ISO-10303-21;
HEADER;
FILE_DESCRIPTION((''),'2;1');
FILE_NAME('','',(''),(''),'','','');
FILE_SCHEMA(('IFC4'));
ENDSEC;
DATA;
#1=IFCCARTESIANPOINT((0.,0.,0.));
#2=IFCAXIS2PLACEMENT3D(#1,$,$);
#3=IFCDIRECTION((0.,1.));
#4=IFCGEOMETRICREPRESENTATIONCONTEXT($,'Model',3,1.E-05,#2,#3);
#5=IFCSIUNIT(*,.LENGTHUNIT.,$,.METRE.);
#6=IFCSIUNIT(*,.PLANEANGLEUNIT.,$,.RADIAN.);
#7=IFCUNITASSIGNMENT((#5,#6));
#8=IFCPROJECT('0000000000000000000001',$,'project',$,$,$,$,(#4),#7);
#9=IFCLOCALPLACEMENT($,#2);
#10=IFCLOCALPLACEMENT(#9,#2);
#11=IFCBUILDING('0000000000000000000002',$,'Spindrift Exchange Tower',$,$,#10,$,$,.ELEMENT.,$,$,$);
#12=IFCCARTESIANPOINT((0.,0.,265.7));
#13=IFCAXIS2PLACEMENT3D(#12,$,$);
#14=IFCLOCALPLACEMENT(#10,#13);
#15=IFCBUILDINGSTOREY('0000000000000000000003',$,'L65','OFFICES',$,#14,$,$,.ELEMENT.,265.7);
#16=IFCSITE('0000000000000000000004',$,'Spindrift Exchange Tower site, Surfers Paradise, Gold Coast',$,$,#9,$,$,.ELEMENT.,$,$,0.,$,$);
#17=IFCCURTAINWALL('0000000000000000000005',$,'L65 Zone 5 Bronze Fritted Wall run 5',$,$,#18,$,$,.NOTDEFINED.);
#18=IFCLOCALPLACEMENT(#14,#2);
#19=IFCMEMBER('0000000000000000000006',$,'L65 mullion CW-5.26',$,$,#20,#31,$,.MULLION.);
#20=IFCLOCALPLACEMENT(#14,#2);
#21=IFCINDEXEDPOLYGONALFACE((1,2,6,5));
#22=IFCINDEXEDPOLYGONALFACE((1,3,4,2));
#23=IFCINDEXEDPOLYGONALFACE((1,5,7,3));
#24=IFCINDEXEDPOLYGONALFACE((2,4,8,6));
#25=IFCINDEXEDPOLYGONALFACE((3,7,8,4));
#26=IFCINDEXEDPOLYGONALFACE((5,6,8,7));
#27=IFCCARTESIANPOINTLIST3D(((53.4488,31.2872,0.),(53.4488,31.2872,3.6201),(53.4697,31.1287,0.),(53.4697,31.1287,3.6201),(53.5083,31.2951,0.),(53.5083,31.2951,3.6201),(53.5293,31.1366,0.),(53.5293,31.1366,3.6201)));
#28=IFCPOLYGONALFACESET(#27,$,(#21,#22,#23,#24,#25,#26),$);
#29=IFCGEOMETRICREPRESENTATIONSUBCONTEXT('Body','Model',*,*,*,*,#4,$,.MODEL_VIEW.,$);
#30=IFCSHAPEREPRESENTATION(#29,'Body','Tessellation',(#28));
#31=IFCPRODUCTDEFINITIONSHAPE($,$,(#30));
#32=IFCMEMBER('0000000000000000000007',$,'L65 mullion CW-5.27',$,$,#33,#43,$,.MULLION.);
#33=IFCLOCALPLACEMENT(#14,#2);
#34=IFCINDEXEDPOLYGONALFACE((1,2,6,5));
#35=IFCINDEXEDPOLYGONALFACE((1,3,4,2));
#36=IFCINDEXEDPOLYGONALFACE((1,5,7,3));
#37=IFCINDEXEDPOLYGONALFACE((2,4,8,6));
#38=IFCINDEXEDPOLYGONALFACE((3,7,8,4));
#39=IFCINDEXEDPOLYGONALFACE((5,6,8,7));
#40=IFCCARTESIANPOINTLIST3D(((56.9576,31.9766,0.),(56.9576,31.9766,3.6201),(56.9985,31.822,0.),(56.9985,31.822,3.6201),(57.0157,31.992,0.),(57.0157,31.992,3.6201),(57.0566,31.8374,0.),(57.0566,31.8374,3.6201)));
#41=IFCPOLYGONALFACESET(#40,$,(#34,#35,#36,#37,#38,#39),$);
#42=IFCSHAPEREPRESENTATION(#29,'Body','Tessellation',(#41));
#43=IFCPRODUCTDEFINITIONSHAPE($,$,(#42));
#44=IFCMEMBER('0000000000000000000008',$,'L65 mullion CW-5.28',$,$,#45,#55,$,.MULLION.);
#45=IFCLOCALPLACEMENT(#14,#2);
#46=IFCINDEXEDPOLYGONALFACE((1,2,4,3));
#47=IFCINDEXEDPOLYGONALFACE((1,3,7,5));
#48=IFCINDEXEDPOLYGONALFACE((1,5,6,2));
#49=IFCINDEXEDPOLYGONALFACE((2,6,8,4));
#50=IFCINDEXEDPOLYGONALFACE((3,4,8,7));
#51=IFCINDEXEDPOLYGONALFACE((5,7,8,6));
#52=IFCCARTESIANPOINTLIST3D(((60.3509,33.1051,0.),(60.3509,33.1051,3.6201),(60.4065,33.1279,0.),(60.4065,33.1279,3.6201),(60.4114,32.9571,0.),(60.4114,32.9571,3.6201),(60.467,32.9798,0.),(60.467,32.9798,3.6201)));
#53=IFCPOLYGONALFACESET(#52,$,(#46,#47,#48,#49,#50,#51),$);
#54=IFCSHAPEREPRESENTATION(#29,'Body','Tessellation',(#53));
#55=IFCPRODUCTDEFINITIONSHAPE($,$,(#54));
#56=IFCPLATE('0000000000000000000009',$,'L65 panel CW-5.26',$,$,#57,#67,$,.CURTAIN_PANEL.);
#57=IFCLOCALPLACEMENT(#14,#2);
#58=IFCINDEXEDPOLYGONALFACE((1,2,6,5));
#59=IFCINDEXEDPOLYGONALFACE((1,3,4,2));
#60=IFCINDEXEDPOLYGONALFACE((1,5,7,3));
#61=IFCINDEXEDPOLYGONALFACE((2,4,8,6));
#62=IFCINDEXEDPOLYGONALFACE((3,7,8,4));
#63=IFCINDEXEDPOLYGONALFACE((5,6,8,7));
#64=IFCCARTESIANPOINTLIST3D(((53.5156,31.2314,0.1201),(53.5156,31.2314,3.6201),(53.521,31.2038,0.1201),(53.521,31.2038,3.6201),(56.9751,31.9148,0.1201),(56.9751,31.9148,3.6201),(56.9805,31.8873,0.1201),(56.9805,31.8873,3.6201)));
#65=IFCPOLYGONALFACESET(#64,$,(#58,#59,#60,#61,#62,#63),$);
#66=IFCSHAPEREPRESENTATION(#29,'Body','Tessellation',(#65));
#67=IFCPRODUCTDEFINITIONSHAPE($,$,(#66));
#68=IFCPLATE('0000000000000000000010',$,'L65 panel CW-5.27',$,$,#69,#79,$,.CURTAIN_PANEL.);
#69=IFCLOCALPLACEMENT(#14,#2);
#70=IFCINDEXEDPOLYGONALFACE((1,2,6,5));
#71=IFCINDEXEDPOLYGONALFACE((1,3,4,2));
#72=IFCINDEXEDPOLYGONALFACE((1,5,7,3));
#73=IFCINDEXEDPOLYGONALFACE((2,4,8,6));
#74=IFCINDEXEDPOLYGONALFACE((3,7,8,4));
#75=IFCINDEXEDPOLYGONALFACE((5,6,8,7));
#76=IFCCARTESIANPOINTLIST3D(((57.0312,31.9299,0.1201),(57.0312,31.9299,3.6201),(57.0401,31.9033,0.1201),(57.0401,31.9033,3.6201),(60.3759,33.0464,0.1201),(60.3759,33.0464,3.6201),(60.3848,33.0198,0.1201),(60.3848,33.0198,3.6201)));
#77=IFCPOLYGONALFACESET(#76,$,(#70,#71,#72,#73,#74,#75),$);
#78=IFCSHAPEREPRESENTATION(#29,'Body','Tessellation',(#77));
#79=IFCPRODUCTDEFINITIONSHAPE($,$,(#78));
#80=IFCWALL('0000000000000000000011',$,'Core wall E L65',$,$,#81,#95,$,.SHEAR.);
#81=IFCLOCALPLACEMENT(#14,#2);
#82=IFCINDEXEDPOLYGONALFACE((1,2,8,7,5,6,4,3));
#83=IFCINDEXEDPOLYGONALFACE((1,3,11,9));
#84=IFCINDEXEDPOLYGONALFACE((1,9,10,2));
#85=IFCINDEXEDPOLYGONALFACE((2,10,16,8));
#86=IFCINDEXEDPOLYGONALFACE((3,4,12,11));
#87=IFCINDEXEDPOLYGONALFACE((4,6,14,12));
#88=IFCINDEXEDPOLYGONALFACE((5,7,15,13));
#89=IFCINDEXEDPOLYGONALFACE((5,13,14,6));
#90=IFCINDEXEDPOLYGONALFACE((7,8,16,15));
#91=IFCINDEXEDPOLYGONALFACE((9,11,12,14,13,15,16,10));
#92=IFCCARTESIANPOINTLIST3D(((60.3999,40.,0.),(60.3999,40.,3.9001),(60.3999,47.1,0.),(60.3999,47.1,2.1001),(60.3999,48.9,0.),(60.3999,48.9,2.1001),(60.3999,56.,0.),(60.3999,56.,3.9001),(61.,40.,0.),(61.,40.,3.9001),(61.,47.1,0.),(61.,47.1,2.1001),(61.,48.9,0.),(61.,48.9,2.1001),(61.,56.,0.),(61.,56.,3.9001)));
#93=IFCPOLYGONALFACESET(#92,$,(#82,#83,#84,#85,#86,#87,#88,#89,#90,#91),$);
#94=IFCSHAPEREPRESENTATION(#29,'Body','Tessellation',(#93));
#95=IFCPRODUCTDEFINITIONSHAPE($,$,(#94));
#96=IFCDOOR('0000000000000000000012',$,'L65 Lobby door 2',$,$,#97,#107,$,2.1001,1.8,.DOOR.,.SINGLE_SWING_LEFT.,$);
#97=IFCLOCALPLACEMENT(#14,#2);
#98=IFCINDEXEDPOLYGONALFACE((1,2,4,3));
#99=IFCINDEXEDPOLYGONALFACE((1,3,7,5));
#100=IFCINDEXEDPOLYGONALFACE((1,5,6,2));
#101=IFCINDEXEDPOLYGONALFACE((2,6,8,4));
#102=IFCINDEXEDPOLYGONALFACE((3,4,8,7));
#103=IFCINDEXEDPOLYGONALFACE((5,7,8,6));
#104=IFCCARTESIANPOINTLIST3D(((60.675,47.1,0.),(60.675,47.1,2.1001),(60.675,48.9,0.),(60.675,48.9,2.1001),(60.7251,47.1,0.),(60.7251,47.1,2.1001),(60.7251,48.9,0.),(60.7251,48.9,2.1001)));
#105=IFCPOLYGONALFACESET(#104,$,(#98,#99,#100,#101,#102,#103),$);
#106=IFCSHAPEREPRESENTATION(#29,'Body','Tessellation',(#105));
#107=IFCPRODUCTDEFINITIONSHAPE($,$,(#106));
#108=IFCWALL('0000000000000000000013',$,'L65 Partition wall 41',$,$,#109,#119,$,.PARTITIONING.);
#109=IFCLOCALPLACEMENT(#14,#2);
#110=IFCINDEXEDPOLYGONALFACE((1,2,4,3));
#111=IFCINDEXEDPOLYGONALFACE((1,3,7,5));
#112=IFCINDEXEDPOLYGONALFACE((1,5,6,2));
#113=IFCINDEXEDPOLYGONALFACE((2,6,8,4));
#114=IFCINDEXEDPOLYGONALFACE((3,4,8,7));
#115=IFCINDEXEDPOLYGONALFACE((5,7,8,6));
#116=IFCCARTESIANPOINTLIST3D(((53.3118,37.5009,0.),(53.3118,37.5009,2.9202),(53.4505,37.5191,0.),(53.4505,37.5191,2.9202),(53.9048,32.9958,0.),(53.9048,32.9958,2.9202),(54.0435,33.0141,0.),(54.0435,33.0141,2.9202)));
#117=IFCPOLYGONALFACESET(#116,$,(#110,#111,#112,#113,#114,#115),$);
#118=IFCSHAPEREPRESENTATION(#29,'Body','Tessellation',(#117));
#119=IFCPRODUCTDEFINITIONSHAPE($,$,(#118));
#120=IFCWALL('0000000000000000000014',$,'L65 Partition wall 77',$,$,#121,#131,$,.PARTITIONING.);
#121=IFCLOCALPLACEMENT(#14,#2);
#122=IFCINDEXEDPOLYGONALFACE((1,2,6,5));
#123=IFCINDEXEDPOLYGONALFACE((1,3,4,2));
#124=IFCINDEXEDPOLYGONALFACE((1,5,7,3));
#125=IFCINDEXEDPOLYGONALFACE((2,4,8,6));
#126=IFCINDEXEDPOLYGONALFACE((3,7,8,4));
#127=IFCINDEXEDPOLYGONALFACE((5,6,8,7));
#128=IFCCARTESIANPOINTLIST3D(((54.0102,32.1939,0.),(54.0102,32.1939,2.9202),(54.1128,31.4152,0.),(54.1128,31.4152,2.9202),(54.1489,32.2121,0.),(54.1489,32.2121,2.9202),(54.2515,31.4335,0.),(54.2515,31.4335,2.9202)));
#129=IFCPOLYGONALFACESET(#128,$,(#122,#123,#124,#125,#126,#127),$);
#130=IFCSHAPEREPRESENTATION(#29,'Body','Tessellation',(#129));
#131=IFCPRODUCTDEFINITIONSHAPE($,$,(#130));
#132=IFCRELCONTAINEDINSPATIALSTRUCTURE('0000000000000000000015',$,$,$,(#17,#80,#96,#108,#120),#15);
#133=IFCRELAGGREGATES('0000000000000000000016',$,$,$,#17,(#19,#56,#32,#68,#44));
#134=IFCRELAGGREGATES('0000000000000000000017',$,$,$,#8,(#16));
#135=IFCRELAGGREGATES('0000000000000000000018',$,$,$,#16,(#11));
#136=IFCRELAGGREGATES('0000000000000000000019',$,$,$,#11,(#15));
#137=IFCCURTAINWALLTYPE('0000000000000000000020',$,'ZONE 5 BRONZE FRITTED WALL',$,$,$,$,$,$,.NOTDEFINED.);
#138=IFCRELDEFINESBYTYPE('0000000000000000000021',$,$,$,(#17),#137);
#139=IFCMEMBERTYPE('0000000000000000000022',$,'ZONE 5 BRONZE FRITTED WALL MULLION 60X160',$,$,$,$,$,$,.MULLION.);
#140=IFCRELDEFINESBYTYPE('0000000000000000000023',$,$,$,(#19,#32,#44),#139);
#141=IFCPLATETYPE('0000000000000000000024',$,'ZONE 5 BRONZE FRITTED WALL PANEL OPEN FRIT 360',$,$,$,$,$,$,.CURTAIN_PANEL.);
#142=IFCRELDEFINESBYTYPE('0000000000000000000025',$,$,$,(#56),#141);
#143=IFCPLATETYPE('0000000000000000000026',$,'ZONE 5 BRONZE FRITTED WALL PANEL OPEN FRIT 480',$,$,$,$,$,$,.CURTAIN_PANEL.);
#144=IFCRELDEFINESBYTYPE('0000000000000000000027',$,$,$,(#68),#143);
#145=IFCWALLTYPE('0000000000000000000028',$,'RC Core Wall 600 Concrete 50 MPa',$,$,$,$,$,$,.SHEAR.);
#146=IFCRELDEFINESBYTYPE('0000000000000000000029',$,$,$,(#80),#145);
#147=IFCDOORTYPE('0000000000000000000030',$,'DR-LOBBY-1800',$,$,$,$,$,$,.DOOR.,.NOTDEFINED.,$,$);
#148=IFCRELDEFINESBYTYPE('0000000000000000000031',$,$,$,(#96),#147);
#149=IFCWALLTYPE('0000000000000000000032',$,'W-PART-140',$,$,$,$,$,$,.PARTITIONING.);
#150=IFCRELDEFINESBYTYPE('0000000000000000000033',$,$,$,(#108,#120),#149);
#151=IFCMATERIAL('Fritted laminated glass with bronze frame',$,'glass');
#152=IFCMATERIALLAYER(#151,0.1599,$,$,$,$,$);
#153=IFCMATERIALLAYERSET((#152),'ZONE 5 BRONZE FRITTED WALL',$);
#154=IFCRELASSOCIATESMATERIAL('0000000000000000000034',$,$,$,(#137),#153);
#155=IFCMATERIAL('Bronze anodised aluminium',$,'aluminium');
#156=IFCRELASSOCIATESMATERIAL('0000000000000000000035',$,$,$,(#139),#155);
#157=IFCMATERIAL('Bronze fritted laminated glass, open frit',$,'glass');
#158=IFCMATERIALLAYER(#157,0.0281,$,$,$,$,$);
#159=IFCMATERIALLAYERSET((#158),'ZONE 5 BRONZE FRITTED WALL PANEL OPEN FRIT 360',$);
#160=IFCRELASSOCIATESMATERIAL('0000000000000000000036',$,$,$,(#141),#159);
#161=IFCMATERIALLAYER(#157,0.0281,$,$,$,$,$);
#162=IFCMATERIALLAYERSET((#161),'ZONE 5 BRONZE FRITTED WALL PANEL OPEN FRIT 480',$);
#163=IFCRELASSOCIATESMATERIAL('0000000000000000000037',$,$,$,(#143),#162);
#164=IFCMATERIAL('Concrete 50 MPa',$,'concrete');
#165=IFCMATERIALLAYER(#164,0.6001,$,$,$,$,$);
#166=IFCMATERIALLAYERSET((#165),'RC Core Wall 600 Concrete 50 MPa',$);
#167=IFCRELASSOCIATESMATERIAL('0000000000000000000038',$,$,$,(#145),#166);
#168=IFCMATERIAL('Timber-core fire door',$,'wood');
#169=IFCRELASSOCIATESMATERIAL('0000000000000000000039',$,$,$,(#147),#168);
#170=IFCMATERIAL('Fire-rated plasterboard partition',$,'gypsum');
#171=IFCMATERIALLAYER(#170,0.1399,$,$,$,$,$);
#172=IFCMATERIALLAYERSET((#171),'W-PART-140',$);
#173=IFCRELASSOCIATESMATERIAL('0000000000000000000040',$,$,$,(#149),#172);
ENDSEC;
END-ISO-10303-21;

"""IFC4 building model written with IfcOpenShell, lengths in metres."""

from ifc_helpers import new_model, si_unit, direction, frame, frame_2d, origin, origin_2d, place, context, subcontext, project, spatial, rectangle, extrude, source, transform, mapped, material, layer, layer_set, material_profile, profile_set, type_object, element, fill, aggregate, save


model = new_model("IFC4")

# Units and contexts
model_context = context("Model", 3, precision=1e-05, world=origin(), true_north=direction((0.0, 1.0)))
body_context = subcontext(model_context, "Body", "Model", "MODEL_VIEW")
ifc_project = project(units=[si_unit("LENGTHUNIT", "METRE"), si_unit("PLANEANGLEUNIT", "RADIAN")], contexts=[model_context])

# Site, building, storey
site_placement = place(None, origin())
site = spatial("IfcSite", under=ifc_project, at=site_placement, Name="Spindrift Exchange Tower site, Surfers Paradise, Gold Coast", CompositionType="ELEMENT", RefElevation=0.0)
building_placement = place(site_placement, origin())
building = spatial("IfcBuilding", under=site, at=building_placement, Name="Spindrift Exchange Tower", CompositionType="ELEMENT")
storey_placement = place(building_placement, frame((0.0, 0.0, 265.7)))
storey = spatial("IfcBuildingStorey", under=building, at=storey_placement, Name="L65", Description="OFFICES", CompositionType="ELEMENT", Elevation=265.7)

# Curtain wall, members, plates
ifc_material_1 = material(Name="Fritted laminated glass with bronze frame", Category="glass")
ifc_layer_1 = layer(ifc_material_1, 0.1599)
ifc_layer_set_1 = layer_set([ifc_layer_1], Name="ZONE 5 BRONZE FRITTED WALL")
curtain_wall_type = type_object("IfcCurtainWallType", Name="ZONE 5 BRONZE FRITTED WALL", PredefinedType="NOTDEFINED", material=ifc_layer_set_1)
curtain_wall_placement = place(storey_placement, origin())
curtain_wall = element("IfcCurtainWall", 1, at=curtain_wall_placement, inside=storey, type_object=curtain_wall_type, Name="L65 Zone 5 Bronze Fritted Wall run 5", PredefinedType="NOTDEFINED")
ifc_material_2 = material(Name="Bronze anodised aluminium", Category="aluminium")
ifc_material_profile_1 = material_profile(ifc_material_2, rectangle(XDim=0.0601, YDim=0.1599, at=origin_2d()), Name="ZONE 5 BRONZE FRITTED WALL MULLION 60X160")
ifc_profile_set_1 = profile_set([ifc_material_profile_1], Name="Bronze anodised aluminium")
member_type_1 = type_object("IfcMemberType", Name="ZONE 5 BRONZE FRITTED WALL MULLION 60X160", PredefinedType="MULLION", material=ifc_profile_set_1)
shared_shape_1 = source(origin(), body_context, "Body", "SweptSolid", [
    extrude(rectangle(XDim=0.0601, YDim=0.1599, at=origin_2d()), origin(), (0.0, 0.0, 1.0), 3.6201),
])
member_1_placement = place(storey_placement, frame((53.489, 31.2119, 0.0), z_axis=(0.0, 0.0, 1.0), x_axis=(0.99137, 0.131096, 0.0)))
member_1 = element("IfcMember", 2, at=member_1_placement, type_object=member_type_1, Name="L65 mullion CW-5.26", PredefinedType="MULLION", context=body_context, shape_type="MappedRepresentation", body=[
    mapped(shared_shape_1, transform((0.0, 0.0, 0.0), scale=1.0)),
])
member_2_placement = place(storey_placement, frame((57.0071, 31.907, 0.0), z_axis=(0.0, 0.0, 1.0), x_axis=(0.966742, 0.255754, 0.0)))
member_2 = element("IfcMember", 3, at=member_2_placement, type_object=member_type_1, Name="L65 mullion CW-5.27", PredefinedType="MULLION", context=body_context, shape_type="MappedRepresentation", body=[
    mapped(shared_shape_1, transform((0.0, 0.0, 0.0), scale=1.0)),
])
member_3_placement = place(storey_placement, frame((60.4089, 33.0425, 0.0), z_axis=(0.0, 0.0, 1.0), x_axis=(0.92569, 0.378284, 0.0)))
member_3 = element("IfcMember", 4, at=member_3_placement, type_object=member_type_1, Name="L65 mullion CW-5.28", PredefinedType="MULLION", context=body_context, shape_type="MappedRepresentation", body=[
    mapped(shared_shape_1, transform((0.0, 0.0, 0.0), scale=1.0)),
])
ifc_material_3 = material(Name="Bronze fritted laminated glass, open frit", Category="glass")
ifc_layer_2 = layer(ifc_material_3, 0.0281)
ifc_layer_set_2 = layer_set([ifc_layer_2], Name="ZONE 5 BRONZE FRITTED WALL PANEL OPEN FRIT 360")
plate_type_1 = type_object("IfcPlateType", Name="ZONE 5 BRONZE FRITTED WALL PANEL OPEN FRIT 360", PredefinedType="CURTAIN_PANEL", material=ifc_layer_set_2)
shared_shape_2 = source(origin(), body_context, "Body", "SweptSolid", [
    extrude(rectangle(XDim=3.5264, YDim=0.0281, at=origin_2d()), origin(), (0.0, 0.0, 1.0), 3.5),
])
plate_1_placement = place(storey_placement, frame((55.248, 31.5593, 0.1201), z_axis=(0.0, 0.0, 1.0), x_axis=(0.981037, 0.19382, 0.0)))
plate_1 = element("IfcPlate", 5, at=plate_1_placement, type_object=plate_type_1, Name="L65 panel CW-5.26", PredefinedType="CURTAIN_PANEL", context=body_context, shape_type="MappedRepresentation", body=[
    mapped(shared_shape_2, transform((0.0, 0.0, 0.0), scale=1.0)),
])
ifc_layer_3 = layer(ifc_material_3, 0.0281)
ifc_layer_set_3 = layer_set([ifc_layer_3], Name="ZONE 5 BRONZE FRITTED WALL PANEL OPEN FRIT 480")
plate_type_2 = type_object("IfcPlateType", Name="ZONE 5 BRONZE FRITTED WALL PANEL OPEN FRIT 480", PredefinedType="CURTAIN_PANEL", material=ifc_layer_set_3)
shared_shape_3 = source(origin(), body_context, "Body", "SweptSolid", [
    extrude(rectangle(XDim=3.5261, YDim=0.0281, at=origin_2d()), origin(), (0.0, 0.0, 1.0), 3.5),
])
plate_2_placement = place(storey_placement, frame((58.708, 32.4749, 0.1201), z_axis=(0.0, 0.0, 1.0), x_axis=(0.948541, 0.316654, 0.0)))
plate_2 = element("IfcPlate", 6, at=plate_2_placement, type_object=plate_type_2, Name="L65 panel CW-5.27", PredefinedType="CURTAIN_PANEL", context=body_context, shape_type="MappedRepresentation", body=[
    mapped(shared_shape_3, transform((0.0, 0.0, 0.0), scale=1.0)),
])
aggregate(curtain_wall, [member_1, plate_1, member_2, plate_2, member_3])

# Wall, opening, door
ifc_material_4 = material(Name="Concrete 50 MPa", Category="concrete")
ifc_layer_4 = layer(ifc_material_4, 0.6001)
ifc_layer_set_4 = layer_set([ifc_layer_4], Name="RC Core Wall 600 Concrete 50 MPa")
wall_type_1 = type_object("IfcWallType", Name="RC Core Wall 600 Concrete 50 MPa", PredefinedType="SHEAR", material=ifc_layer_set_4)
wall_1_placement = place(storey_placement, frame((60.7, 40.0, 0.0), z_axis=(0.0, 0.0, 1.0), x_axis=(0.0, 1.0, 0.0)))
wall_1 = element("IfcWall", 7, at=wall_1_placement, inside=storey, type_object=wall_type_1, Name="Core wall E L65", PredefinedType="SHEAR", context=body_context, shape_type="SweptSolid", body=[
    extrude(rectangle(XDim=16.0, YDim=0.6001, at=frame_2d((8.0, 0.0))), origin(), (0.0, 0.0, 1.0), 3.9001),
])
opening_placement = place(wall_1_placement, frame((7.1001, 0.0, 0.0)))
opening = element("IfcOpeningElement", 8, at=opening_placement, cuts=wall_1, PredefinedType="OPENING", context=body_context, shape_type="SweptSolid", body=[
    extrude(rectangle(XDim=1.8, YDim=2.1001, at=frame_2d((0.8999, 1.05))), frame((0.0, 0.3101, 0.0), z_axis=(0.0, -1.0, 0.0), x_axis=(1.0, 0.0, 0.0)), (0.0, 0.0, 1.0), 0.6201),
])
ifc_material_5 = material(Name="Timber-core fire door", Category="wood")
door_type = type_object("IfcDoorType", Name="DR-LOBBY-1800", OperationType="NOTDEFINED", PredefinedType="DOOR", material=ifc_material_5)
shared_shape_4 = source(origin(), body_context, "Body", "SweptSolid", [
    extrude(rectangle(XDim=1.8, YDim=2.1001, at=frame_2d((0.8999, 1.05))), frame((0.0, 0.0249, 0.0), z_axis=(0.0, -1.0, 0.0), x_axis=(1.0, 0.0, 0.0)), (0.0, 0.0, 1.0), 0.05),
])
door_placement = place(opening_placement, origin())
door = element("IfcDoor", 9, at=door_placement, inside=storey, type_object=door_type, Name="L65 Lobby door 2", OperationType="SINGLE_SWING_LEFT", OverallHeight=2.1001, OverallWidth=1.8, PredefinedType="DOOR", context=body_context, shape_type="MappedRepresentation", body=[
    mapped(shared_shape_4, transform((0.0, 0.0, 0.0), scale=1.0)),
])
fill(opening, door)

# Walls
ifc_material_6 = material(Name="Fire-rated plasterboard partition", Category="gypsum")
ifc_layer_5 = layer(ifc_material_6, 0.1399)
ifc_layer_set_5 = layer_set([ifc_layer_5], Name="W-PART-140")
wall_type_2 = type_object("IfcWallType", Name="W-PART-140", PredefinedType="PARTITIONING", material=ifc_layer_set_5)
wall_2_placement = place(storey_placement, frame((53.3811, 37.51, 0.0), z_axis=(0.0, 0.0, 1.0), x_axis=(0.130506, -0.991448, 0.0)))
element("IfcWall", 10, at=wall_2_placement, inside=storey, type_object=wall_type_2, Name="L65 Partition wall 41", PredefinedType="PARTITIONING", context=body_context, shape_type="SweptSolid", body=[
    extrude(rectangle(XDim=4.5439, YDim=0.1399, at=frame_2d((2.272, 0.0))), origin(), (0.0, 0.0, 1.0), 2.9202),
])
wall_3_placement = place(storey_placement, frame((54.0796, 32.2029, 0.0), z_axis=(0.0, 0.0, 1.0), x_axis=(0.130575, -0.991438, 0.0)))
element("IfcWall", 11, at=wall_3_placement, inside=storey, type_object=wall_type_2, Name="L65 Partition wall 77", PredefinedType="PARTITIONING", context=body_context, shape_type="SweptSolid", body=[
    extrude(rectangle(XDim=0.7854, YDim=0.1399, at=frame_2d((0.3926, 0.0))), origin(), (0.0, 0.0, 1.0), 2.9202),
])

save(model, "model.ifc")
